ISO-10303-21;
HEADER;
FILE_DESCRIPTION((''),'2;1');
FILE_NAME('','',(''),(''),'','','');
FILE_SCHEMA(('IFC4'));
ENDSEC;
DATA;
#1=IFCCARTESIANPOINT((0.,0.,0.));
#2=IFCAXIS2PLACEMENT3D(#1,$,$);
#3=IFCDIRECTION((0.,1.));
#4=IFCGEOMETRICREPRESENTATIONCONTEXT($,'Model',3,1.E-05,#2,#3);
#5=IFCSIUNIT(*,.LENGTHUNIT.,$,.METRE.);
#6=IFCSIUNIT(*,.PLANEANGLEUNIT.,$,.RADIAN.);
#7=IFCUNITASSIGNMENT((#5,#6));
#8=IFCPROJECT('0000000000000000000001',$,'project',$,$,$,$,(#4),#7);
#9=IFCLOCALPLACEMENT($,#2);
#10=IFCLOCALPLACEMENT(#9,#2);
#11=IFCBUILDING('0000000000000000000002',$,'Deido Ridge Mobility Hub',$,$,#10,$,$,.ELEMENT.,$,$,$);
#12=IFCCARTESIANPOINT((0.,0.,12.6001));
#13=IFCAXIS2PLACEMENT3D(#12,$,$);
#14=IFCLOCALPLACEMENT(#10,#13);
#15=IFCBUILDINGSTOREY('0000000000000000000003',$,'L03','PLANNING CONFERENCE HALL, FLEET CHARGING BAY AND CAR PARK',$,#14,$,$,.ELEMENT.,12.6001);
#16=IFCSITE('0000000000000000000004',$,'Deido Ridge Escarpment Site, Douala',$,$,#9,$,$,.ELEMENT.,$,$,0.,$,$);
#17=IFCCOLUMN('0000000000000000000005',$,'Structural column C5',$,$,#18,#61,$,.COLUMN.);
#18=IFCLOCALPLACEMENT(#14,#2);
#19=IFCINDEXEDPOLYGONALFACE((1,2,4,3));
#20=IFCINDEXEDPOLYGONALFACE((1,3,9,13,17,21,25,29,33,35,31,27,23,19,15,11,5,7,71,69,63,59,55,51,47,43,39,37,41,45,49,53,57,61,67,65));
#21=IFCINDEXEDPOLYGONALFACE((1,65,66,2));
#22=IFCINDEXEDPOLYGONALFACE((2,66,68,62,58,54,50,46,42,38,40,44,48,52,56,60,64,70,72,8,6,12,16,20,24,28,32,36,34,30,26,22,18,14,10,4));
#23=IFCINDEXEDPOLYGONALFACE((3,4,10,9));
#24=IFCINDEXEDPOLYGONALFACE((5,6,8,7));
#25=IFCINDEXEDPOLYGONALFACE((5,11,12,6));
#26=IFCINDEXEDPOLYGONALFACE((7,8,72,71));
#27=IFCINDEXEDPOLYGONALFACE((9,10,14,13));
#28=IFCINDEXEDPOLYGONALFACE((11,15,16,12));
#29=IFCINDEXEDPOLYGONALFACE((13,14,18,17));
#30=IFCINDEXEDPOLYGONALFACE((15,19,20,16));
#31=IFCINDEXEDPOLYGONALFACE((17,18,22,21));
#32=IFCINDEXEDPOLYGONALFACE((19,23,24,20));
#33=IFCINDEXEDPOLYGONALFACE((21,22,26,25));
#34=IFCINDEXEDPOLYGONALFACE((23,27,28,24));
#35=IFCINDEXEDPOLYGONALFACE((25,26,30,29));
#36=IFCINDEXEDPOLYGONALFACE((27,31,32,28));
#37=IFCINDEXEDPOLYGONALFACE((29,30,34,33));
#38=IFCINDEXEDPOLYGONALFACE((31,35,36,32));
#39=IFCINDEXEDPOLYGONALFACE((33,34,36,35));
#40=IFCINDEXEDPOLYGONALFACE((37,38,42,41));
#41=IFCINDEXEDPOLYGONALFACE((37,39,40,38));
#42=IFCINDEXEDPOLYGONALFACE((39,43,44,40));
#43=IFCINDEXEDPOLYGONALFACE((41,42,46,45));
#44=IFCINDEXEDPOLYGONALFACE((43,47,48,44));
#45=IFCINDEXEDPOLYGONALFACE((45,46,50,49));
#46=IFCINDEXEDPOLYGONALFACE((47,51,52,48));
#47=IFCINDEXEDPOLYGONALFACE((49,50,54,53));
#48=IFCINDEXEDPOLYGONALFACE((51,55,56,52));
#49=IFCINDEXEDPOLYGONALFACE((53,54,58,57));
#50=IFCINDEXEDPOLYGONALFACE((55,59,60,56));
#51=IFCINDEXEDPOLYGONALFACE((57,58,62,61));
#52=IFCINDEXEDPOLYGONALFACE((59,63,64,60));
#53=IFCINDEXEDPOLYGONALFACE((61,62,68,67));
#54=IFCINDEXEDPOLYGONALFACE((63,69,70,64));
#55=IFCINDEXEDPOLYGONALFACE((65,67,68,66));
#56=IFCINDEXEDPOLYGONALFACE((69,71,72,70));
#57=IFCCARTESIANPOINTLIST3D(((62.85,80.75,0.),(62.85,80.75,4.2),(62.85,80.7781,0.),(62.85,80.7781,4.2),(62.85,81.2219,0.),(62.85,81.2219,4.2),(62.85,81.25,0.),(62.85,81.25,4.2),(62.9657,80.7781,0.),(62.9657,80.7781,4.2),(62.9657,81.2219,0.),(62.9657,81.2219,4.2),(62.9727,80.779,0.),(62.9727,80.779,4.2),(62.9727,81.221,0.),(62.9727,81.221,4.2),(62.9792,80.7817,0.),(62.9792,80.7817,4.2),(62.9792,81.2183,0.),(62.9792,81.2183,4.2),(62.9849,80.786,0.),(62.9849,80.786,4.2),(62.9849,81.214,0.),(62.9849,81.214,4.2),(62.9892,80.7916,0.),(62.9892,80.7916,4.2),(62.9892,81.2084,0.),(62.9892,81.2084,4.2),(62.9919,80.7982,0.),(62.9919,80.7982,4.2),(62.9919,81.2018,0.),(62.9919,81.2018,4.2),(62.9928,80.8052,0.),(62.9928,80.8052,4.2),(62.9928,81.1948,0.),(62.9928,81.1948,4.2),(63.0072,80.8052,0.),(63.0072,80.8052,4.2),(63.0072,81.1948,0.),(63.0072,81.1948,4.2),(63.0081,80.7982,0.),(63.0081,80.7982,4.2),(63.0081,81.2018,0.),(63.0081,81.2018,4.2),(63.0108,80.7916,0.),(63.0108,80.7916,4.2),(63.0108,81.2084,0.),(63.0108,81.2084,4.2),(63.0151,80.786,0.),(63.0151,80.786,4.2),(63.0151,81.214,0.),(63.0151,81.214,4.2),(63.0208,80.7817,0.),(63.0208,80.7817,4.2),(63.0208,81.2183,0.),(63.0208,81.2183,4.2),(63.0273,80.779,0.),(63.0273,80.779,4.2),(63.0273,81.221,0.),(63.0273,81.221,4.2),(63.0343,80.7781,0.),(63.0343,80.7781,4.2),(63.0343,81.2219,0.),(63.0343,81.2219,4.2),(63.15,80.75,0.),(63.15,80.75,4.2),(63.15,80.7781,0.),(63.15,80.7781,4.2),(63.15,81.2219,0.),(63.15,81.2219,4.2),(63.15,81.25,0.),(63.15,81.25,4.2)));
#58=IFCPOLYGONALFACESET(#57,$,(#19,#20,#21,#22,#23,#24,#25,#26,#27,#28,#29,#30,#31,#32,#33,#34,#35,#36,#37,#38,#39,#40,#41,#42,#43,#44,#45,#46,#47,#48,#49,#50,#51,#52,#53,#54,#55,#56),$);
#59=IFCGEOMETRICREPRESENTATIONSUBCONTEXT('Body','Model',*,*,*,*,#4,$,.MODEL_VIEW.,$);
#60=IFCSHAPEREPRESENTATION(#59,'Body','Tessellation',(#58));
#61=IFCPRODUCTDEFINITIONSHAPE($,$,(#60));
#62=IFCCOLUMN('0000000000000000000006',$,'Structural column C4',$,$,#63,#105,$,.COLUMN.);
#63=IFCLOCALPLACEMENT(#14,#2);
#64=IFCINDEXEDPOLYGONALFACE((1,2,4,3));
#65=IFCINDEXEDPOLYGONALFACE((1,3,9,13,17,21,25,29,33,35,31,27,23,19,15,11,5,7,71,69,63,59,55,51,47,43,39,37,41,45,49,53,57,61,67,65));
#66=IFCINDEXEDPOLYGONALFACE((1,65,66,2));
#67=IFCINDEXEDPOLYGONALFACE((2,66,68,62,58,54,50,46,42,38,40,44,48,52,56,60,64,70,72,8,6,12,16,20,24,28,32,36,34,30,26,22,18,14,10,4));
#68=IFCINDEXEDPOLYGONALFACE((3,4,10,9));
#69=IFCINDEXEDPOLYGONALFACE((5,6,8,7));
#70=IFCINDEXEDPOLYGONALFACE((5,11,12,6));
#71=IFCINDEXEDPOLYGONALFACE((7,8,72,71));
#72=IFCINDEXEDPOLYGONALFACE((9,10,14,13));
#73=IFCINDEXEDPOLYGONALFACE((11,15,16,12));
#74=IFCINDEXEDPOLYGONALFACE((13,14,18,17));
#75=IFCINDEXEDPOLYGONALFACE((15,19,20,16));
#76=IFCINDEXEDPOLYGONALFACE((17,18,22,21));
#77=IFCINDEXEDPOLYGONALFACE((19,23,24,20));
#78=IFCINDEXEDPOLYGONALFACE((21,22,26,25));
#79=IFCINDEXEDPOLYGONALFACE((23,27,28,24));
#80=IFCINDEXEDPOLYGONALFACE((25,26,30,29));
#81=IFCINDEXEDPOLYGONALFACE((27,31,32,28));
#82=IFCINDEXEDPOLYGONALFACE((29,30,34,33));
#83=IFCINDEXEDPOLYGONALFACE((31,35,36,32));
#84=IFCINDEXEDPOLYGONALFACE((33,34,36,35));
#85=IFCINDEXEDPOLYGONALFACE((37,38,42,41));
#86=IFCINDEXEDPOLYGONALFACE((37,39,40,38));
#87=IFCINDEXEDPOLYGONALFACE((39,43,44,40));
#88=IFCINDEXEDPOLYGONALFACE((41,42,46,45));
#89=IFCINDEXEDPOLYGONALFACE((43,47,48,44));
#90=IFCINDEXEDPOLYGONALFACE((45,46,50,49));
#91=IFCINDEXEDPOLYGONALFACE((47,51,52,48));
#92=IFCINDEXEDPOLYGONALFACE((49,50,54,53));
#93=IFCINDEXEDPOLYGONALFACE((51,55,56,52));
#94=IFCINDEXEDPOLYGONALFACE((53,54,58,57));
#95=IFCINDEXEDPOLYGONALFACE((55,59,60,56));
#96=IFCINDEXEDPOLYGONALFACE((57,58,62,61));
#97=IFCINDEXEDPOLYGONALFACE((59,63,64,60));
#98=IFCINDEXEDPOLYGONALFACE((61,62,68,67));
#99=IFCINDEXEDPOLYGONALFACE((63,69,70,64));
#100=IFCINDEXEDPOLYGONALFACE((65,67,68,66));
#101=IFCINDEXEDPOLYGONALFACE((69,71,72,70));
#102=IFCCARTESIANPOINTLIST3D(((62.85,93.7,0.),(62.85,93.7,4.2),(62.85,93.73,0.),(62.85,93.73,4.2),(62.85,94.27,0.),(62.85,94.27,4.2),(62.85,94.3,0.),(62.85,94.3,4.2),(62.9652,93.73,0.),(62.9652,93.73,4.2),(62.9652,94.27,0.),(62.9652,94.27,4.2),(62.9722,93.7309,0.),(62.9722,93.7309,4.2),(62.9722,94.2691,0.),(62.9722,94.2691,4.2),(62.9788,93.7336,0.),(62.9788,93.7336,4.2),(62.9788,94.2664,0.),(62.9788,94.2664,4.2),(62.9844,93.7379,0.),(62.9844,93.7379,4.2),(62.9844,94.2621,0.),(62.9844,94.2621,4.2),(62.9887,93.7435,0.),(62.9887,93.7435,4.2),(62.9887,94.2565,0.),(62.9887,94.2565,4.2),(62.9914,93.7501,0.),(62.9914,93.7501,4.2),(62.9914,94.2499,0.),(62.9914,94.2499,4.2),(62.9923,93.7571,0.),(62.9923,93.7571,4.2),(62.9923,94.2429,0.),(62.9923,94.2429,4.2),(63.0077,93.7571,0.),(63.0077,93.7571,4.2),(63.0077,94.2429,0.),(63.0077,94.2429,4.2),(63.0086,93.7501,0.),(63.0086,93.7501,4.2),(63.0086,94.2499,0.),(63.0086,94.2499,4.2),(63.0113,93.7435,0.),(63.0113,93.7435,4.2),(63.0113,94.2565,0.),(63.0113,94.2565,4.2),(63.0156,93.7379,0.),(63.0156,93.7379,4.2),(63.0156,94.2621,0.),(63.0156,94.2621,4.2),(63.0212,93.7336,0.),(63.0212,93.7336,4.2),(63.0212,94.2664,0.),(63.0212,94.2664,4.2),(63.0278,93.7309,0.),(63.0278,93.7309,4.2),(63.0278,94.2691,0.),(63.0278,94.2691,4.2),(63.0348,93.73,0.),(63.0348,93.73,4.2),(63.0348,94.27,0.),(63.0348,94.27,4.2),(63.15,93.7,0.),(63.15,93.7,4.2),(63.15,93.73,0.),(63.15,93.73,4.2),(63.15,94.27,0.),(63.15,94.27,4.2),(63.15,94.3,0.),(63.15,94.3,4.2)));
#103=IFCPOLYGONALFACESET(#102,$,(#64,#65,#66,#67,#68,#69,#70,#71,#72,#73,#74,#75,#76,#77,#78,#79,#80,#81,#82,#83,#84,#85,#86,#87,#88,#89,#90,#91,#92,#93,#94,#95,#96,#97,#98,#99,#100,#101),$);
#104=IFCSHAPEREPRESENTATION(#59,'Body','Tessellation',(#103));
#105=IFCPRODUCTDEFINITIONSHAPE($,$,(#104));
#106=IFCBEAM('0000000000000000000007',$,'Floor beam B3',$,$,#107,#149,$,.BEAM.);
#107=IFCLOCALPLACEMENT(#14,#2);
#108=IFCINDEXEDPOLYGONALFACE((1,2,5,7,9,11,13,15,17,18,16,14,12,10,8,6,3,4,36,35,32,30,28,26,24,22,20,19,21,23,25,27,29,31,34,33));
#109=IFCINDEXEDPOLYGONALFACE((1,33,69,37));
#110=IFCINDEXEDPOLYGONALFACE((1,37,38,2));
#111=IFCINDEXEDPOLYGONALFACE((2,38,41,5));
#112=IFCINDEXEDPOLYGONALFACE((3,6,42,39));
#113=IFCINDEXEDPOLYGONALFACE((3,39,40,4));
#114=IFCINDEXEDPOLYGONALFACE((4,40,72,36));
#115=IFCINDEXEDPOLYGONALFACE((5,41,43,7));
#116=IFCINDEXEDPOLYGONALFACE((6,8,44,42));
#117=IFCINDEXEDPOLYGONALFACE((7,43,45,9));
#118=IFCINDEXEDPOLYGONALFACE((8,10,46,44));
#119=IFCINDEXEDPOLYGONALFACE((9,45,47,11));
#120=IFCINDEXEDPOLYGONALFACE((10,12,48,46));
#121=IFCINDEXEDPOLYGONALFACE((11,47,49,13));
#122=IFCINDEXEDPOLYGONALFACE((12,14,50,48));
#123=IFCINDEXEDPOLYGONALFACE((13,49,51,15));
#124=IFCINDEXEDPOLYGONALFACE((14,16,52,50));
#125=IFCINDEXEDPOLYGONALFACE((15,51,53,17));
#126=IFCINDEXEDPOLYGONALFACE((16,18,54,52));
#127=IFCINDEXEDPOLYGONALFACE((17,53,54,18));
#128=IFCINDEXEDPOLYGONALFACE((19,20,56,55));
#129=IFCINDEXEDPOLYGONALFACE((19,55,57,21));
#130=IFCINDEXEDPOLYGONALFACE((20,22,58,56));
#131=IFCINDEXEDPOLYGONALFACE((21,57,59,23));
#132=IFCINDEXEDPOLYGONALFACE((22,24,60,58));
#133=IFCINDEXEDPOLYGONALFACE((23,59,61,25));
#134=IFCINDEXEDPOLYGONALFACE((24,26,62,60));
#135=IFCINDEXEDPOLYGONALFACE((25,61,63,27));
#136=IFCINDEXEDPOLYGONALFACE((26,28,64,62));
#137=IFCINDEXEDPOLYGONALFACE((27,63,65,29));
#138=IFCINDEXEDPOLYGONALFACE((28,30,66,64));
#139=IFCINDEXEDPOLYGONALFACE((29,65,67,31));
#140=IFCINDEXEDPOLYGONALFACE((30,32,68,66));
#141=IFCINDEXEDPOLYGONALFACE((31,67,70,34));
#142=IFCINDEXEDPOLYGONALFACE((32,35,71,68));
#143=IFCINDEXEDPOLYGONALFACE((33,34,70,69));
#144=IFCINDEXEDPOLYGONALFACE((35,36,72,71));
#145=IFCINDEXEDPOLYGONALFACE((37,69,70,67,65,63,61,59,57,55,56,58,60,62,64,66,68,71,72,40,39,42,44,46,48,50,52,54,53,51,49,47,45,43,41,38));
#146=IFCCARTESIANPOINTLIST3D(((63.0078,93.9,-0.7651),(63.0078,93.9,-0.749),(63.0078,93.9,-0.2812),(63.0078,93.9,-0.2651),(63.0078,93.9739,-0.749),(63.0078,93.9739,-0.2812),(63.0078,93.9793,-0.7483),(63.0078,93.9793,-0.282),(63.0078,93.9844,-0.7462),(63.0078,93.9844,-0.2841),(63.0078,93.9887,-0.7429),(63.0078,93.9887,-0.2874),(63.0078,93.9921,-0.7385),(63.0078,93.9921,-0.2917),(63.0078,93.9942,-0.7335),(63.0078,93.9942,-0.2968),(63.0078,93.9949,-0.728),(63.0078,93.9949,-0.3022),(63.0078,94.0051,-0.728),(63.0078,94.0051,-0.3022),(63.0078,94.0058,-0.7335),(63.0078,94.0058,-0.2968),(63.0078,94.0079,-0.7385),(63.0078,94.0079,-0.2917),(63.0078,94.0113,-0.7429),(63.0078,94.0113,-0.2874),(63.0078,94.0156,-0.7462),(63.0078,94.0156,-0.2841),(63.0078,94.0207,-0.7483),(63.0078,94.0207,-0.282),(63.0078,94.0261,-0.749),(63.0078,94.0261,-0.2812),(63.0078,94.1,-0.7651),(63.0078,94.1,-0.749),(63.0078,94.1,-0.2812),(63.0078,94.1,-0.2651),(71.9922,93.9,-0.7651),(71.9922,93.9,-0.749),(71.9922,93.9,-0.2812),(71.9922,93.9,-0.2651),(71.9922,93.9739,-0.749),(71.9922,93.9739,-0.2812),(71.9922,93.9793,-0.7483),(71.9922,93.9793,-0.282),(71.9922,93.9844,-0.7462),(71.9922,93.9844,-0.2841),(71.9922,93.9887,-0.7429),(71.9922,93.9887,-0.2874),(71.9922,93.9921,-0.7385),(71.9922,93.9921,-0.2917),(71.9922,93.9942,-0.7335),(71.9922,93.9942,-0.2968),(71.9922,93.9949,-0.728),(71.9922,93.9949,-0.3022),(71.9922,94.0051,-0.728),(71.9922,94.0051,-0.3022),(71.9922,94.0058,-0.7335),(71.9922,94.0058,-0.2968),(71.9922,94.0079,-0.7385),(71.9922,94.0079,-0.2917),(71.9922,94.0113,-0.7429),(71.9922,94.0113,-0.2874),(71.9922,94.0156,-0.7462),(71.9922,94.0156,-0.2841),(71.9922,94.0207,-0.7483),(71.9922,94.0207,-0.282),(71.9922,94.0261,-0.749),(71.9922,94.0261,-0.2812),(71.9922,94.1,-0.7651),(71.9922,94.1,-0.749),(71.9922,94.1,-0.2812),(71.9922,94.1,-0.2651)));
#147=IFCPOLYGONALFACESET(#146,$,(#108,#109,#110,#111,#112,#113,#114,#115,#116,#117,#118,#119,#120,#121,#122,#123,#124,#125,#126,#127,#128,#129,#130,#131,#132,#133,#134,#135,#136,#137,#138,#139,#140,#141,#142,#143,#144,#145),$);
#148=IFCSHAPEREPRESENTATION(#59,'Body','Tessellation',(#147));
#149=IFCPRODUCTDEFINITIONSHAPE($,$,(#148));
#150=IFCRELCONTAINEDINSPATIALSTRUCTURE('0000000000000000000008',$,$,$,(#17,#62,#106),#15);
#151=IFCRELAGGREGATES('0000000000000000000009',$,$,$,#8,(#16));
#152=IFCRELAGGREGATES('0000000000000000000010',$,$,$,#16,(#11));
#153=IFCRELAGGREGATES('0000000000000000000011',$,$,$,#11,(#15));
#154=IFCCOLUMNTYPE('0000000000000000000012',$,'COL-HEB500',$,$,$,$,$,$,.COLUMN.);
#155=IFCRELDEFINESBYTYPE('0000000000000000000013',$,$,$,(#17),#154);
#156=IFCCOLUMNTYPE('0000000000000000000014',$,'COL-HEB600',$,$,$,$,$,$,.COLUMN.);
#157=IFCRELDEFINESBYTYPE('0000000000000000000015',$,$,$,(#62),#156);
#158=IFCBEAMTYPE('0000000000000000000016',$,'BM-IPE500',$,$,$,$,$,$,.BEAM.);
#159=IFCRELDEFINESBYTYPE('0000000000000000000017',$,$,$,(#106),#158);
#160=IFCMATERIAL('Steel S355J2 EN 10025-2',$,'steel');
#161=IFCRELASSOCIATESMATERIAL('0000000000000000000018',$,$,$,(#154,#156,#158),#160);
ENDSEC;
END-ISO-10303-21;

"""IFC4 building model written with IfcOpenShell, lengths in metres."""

from ifc_helpers import new_model, si_unit, direction, frame, origin, origin_2d, place, context, subcontext, project, spatial, i_section, extrude, material, material_profile, profile_set, type_object, element, save


model = new_model("IFC4")

# Units and contexts
model_context = context("Model", 3, precision=1e-05, world=origin(), true_north=direction((0.0, 1.0)))
body_context = subcontext(model_context, "Body", "Model", "MODEL_VIEW")
ifc_project = project(units=[si_unit("LENGTHUNIT", "METRE"), si_unit("PLANEANGLEUNIT", "RADIAN")], contexts=[model_context])

# Site, building, storey
site_placement = place(None, origin())
site = spatial("IfcSite", under=ifc_project, at=site_placement, Name="Deido Ridge Escarpment Site, Douala", CompositionType="ELEMENT", RefElevation=0.0)
building_placement = place(site_placement, origin())
building = spatial("IfcBuilding", under=site, at=building_placement, Name="Deido Ridge Mobility Hub", CompositionType="ELEMENT")
storey_placement = place(building_placement, frame((0.0, 0.0, 12.6001)))
storey = spatial("IfcBuildingStorey", under=building, at=storey_placement, Name="L03", Description="PLANNING CONFERENCE HALL, FLEET CHARGING BAY AND CAR PARK", CompositionType="ELEMENT", Elevation=12.6001)

# Columns
ifc_material_1 = material(Name="Steel S355J2 EN 10025-2", Category="steel")
ifc_material_profile_1 = material_profile(ifc_material_1, i_section(OverallWidth=0.3, OverallDepth=0.5, WebThickness=0.0144, FlangeThickness=0.0281, FilletRadius=0.0271, at=origin_2d()), Name="HEB 500")
ifc_profile_set_1 = profile_set([ifc_material_profile_1], Name="Steel S355J2 EN 10025-2")
column_type_1 = type_object("IfcColumnType", Name="COL-HEB500", PredefinedType="COLUMN", material=ifc_profile_set_1)
column_1_placement = place(storey_placement, frame((63.0, 81.0, 0.0), z_axis=(0.0, 0.0, 1.0), x_axis=(1.0, 0.0, 0.0)))
element("IfcColumn", 1, at=column_1_placement, inside=storey, type_object=column_type_1, Name="Structural column C5", PredefinedType="COLUMN", context=body_context, shape_type="SweptSolid", body=[
    extrude(i_section(OverallWidth=0.3, OverallDepth=0.5, WebThickness=0.0144, FlangeThickness=0.0281, FilletRadius=0.0271, at=origin_2d()), origin(), (0.0, 0.0, 1.0), 4.2),
])
ifc_material_profile_2 = material_profile(ifc_material_1, i_section(OverallWidth=0.3, OverallDepth=0.6001, WebThickness=0.0154, FlangeThickness=0.03, FilletRadius=0.0271, at=origin_2d()), Name="HEB 600")
ifc_profile_set_2 = profile_set([ifc_material_profile_2], Name="Steel S355J2 EN 10025-2")
column_type_2 = type_object("IfcColumnType", Name="COL-HEB600", PredefinedType="COLUMN", material=ifc_profile_set_2)
column_2_placement = place(storey_placement, frame((63.0, 94.0, 0.0), z_axis=(0.0, 0.0, 1.0), x_axis=(1.0, 0.0, 0.0)))
element("IfcColumn", 2, at=column_2_placement, inside=storey, type_object=column_type_2, Name="Structural column C4", PredefinedType="COLUMN", context=body_context, shape_type="SweptSolid", body=[
    extrude(i_section(OverallWidth=0.3, OverallDepth=0.6001, WebThickness=0.0154, FlangeThickness=0.03, FilletRadius=0.0271, at=origin_2d()), origin(), (0.0, 0.0, 1.0), 4.2),
])

# Beam
ifc_material_profile_3 = material_profile(ifc_material_1, i_section(OverallWidth=0.2, OverallDepth=0.5, WebThickness=0.0103, FlangeThickness=0.0161, FilletRadius=0.021, at=origin_2d()), Name="IPE 500")
ifc_profile_set_3 = profile_set([ifc_material_profile_3], Name="Steel S355J2 EN 10025-2")
beam_type_1 = type_object("IfcBeamType", Name="BM-IPE500", PredefinedType="BEAM", material=ifc_profile_set_3)
beam_1_placement = place(storey_placement, frame((63.0078, 94.0, -0.5151), z_axis=(1.0, 0.0, 0.0), x_axis=(0.0, 1.0, 0.0)))
element("IfcBeam", 3, at=beam_1_placement, inside=storey, type_object=beam_type_1, Name="Floor beam B3", PredefinedType="BEAM", context=body_context, shape_type="SweptSolid", body=[
    extrude(i_section(OverallWidth=0.2, OverallDepth=0.5, WebThickness=0.0103, FlangeThickness=0.0161, FilletRadius=0.021, at=origin_2d()), origin(), (0.0, 0.0, 1.0), 8.9844),
])

save(model, "model.ifc")
